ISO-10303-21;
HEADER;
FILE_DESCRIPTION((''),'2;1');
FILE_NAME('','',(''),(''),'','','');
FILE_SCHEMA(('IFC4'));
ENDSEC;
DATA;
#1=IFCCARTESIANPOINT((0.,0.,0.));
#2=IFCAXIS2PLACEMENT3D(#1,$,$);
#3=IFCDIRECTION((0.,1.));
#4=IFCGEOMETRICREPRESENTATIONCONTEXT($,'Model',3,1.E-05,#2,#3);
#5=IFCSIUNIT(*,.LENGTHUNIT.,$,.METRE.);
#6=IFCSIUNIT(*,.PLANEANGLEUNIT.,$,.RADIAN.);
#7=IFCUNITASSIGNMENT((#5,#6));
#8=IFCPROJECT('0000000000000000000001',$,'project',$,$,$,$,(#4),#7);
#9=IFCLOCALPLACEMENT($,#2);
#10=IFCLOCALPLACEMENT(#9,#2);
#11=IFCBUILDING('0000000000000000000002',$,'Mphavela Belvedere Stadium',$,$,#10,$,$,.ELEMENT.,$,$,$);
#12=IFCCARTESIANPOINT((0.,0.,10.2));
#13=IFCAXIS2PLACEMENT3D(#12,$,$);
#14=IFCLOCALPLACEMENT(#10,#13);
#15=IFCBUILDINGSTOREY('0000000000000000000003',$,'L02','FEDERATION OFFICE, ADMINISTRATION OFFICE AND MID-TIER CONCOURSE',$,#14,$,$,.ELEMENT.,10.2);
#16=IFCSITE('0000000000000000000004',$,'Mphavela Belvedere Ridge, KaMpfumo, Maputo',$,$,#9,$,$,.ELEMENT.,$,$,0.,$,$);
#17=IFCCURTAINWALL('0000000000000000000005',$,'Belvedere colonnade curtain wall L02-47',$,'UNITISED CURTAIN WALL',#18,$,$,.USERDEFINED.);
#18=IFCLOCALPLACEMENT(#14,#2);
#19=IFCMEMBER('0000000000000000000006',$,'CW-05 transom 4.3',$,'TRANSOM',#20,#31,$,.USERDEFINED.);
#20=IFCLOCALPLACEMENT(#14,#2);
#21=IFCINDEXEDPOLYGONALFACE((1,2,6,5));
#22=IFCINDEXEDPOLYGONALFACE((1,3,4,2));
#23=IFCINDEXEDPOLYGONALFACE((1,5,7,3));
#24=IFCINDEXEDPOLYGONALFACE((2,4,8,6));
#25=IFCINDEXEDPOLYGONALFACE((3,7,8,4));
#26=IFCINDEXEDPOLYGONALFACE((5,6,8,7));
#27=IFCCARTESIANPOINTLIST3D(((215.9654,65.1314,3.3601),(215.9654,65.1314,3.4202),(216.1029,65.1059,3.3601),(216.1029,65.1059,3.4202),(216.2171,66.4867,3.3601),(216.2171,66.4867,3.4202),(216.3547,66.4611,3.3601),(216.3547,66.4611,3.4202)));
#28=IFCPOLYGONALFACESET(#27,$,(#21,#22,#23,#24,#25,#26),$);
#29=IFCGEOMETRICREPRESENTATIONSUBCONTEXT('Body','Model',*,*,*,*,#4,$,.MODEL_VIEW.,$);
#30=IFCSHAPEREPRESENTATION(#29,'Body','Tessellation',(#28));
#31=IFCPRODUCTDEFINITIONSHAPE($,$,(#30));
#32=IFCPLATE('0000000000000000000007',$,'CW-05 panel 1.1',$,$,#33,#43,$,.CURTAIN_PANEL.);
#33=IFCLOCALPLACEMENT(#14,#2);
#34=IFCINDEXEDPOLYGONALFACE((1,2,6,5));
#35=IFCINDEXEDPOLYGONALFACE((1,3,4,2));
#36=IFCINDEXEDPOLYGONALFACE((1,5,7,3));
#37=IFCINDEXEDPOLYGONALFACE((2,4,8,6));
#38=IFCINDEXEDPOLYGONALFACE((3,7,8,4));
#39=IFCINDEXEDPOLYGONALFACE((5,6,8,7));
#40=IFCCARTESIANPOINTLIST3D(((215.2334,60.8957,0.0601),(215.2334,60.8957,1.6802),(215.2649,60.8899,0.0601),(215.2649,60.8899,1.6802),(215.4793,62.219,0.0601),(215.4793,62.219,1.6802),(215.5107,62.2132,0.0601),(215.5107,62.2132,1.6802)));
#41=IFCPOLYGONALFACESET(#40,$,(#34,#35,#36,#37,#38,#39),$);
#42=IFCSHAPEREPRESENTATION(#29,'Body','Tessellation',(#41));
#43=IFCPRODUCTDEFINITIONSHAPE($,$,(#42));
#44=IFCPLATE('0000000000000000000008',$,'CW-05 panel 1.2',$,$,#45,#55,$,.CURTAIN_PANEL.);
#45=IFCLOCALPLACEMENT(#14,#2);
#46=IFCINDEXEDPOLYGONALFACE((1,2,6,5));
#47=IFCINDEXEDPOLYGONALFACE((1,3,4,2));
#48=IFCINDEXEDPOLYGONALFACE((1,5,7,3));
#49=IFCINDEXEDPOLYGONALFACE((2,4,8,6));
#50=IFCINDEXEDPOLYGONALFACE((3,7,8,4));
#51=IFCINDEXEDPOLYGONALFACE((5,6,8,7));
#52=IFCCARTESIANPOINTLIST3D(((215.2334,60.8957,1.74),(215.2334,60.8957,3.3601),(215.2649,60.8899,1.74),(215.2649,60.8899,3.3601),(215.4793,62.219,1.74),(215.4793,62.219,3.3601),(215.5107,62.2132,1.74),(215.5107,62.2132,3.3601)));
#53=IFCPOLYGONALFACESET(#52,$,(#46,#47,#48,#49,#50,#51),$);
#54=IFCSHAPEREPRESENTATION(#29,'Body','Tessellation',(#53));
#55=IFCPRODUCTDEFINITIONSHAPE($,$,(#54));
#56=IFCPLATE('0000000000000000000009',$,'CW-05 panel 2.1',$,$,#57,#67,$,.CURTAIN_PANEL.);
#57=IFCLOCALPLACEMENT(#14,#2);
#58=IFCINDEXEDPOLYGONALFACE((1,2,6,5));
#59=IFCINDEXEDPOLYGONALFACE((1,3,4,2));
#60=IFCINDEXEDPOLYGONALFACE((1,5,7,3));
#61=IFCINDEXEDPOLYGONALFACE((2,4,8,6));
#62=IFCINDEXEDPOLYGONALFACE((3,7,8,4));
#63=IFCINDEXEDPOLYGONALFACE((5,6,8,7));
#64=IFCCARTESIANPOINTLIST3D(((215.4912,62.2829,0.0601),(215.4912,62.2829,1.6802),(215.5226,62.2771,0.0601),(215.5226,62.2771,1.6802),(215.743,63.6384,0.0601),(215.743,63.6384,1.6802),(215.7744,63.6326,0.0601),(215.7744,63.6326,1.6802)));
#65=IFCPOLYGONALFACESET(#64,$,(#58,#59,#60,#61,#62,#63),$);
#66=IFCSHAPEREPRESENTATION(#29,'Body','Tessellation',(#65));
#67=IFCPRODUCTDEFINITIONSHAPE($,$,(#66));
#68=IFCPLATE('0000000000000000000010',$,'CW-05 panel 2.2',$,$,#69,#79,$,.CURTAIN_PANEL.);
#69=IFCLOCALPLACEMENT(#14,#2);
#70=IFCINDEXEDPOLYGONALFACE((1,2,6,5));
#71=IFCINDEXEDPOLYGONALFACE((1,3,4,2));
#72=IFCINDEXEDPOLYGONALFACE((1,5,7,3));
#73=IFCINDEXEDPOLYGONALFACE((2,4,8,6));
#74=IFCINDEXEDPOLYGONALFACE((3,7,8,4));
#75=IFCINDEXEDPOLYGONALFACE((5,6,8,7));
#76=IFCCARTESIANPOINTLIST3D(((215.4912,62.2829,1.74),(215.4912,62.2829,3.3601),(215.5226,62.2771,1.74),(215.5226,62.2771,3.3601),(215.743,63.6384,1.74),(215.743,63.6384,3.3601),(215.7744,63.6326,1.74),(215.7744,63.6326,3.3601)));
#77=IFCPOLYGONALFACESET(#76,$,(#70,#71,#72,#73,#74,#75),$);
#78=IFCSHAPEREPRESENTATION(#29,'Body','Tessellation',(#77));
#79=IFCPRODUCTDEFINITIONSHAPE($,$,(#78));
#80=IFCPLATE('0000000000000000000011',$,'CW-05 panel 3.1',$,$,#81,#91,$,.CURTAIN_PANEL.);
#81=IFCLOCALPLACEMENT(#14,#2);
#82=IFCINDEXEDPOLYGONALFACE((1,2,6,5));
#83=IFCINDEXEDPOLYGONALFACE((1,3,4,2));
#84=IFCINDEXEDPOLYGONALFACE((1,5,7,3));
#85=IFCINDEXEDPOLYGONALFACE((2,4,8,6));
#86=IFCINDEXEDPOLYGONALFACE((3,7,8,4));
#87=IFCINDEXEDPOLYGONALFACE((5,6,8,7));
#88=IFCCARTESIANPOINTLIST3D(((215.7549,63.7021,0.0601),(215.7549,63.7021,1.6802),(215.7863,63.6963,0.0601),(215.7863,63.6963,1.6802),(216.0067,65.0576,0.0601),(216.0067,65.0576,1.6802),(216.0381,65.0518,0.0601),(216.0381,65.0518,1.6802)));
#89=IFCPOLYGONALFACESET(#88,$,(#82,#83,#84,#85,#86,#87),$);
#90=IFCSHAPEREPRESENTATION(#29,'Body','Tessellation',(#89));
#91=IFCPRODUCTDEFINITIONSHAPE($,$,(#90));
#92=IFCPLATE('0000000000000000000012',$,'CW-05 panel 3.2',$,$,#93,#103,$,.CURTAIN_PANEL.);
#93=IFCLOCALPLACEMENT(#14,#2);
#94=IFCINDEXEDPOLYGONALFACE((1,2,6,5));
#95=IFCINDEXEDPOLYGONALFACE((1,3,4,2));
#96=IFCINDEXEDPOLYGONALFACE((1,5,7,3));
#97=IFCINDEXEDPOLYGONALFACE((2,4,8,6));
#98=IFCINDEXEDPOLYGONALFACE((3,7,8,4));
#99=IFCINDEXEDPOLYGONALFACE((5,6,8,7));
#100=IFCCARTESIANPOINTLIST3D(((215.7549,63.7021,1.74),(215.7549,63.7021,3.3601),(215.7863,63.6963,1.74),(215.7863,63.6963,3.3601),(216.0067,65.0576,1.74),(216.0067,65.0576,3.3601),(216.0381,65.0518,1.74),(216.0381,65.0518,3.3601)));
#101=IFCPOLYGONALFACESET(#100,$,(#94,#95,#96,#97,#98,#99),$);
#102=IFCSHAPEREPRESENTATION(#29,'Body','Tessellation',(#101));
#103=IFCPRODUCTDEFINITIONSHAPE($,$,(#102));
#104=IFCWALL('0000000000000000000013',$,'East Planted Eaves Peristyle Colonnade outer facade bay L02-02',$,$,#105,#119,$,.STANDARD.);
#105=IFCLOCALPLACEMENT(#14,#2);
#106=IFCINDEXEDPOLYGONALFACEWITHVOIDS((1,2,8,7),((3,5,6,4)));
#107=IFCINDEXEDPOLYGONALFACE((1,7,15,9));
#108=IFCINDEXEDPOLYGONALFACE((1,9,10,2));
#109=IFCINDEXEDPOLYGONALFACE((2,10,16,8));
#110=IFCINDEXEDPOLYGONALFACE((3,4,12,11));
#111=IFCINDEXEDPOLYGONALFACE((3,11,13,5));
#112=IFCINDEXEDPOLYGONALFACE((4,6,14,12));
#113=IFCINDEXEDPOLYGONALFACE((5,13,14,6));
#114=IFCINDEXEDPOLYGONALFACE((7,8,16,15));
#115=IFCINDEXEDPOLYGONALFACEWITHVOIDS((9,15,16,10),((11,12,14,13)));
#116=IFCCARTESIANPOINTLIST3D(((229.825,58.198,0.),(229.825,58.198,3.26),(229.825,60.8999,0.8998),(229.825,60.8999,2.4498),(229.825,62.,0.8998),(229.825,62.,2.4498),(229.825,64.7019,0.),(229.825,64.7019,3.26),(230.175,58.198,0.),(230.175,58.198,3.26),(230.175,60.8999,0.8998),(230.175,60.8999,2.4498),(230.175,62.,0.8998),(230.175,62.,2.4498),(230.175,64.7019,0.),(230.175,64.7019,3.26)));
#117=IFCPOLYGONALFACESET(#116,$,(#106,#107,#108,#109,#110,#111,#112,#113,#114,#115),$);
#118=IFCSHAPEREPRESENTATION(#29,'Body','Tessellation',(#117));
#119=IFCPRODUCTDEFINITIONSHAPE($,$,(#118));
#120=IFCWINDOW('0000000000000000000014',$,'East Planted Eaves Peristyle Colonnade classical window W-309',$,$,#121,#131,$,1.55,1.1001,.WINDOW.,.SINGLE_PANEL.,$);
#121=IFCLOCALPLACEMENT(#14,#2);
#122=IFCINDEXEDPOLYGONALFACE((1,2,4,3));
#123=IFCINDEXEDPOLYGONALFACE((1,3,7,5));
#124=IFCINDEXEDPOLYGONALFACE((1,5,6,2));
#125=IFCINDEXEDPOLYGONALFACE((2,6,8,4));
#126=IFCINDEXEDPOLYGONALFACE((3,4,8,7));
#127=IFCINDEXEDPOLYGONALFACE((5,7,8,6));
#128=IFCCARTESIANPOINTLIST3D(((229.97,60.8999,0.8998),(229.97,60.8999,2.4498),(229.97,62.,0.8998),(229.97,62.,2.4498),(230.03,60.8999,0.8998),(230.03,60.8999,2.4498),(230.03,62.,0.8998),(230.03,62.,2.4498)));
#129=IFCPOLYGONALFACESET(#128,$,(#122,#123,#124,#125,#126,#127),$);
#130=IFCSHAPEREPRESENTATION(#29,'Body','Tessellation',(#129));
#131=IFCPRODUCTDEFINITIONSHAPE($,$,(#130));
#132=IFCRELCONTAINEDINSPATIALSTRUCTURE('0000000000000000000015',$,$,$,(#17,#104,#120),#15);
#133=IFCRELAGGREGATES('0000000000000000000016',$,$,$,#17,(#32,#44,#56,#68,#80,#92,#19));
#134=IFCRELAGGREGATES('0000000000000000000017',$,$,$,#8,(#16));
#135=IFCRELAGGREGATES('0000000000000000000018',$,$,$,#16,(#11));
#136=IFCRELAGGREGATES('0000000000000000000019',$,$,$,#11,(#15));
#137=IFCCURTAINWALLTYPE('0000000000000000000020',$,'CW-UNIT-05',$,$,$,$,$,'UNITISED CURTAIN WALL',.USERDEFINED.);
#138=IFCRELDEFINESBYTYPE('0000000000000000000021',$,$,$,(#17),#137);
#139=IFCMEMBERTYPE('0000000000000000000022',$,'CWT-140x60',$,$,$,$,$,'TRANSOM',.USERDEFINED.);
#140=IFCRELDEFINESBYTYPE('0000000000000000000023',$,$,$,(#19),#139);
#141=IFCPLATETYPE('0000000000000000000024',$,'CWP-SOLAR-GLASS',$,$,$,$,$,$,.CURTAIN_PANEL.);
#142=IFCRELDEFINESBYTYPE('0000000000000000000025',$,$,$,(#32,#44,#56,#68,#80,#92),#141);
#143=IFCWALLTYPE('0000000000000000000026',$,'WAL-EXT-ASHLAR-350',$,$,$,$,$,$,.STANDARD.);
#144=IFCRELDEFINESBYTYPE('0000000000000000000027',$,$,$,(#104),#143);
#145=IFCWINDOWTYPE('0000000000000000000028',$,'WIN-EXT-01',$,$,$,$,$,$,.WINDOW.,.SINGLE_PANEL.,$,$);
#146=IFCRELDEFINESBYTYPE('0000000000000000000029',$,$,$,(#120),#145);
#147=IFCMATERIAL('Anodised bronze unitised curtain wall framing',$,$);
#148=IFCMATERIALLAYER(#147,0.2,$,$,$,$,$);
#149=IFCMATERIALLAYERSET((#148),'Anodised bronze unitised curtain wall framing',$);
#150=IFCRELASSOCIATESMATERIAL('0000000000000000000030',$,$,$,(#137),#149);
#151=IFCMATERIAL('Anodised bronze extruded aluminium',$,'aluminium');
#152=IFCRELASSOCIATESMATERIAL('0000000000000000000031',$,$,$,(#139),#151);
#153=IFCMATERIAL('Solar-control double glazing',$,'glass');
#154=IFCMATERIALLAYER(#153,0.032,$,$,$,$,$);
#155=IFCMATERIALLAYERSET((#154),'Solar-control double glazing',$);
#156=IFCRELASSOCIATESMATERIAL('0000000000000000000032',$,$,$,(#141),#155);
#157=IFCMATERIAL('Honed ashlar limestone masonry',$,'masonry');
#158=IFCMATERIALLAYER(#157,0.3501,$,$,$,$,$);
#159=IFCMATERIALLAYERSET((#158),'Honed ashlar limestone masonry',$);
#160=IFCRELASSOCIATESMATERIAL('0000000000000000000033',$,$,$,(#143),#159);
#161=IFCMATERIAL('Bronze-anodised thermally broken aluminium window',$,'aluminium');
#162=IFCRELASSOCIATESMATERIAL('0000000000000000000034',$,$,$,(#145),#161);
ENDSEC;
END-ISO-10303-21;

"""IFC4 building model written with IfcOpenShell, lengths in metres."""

from ifc_helpers import new_model, si_unit, direction, frame, frame_2d, origin, origin_2d, place, context, subcontext, project, spatial, rectangle, extrude, material, layer, layer_set, material_profile, profile_set, type_object, element, fill, aggregate, save


model = new_model("IFC4")

# Units and contexts
model_context = context("Model", 3, precision=1e-05, world=origin(), true_north=direction((0.0, 1.0)))
body_context = subcontext(model_context, "Body", "Model", "MODEL_VIEW")
ifc_project = project(units=[si_unit("LENGTHUNIT", "METRE"), si_unit("PLANEANGLEUNIT", "RADIAN")], contexts=[model_context])

# Site, building, storey
site_placement = place(None, origin())
site = spatial("IfcSite", under=ifc_project, at=site_placement, Name="Mphavela Belvedere Ridge, KaMpfumo, Maputo", CompositionType="ELEMENT", RefElevation=0.0)
building_placement = place(site_placement, origin())
building = spatial("IfcBuilding", under=site, at=building_placement, Name="Mphavela Belvedere Stadium", CompositionType="ELEMENT")
storey_placement = place(building_placement, frame((0.0, 0.0, 10.2)))
storey = spatial("IfcBuildingStorey", under=building, at=storey_placement, Name="L02", Description="FEDERATION OFFICE, ADMINISTRATION OFFICE AND MID-TIER CONCOURSE", CompositionType="ELEMENT", Elevation=10.2)

# Curtain wall, member, plates
ifc_material_1 = material(Name="Anodised bronze unitised curtain wall framing")
ifc_layer_1 = layer(ifc_material_1, 0.2)
ifc_layer_set_1 = layer_set([ifc_layer_1], Name="Anodised bronze unitised curtain wall framing")
curtain_wall_type = type_object("IfcCurtainWallType", Name="CW-UNIT-05", ElementType="UNITISED CURTAIN WALL", PredefinedType="USERDEFINED", material=ifc_layer_set_1)
curtain_wall_placement = place(storey_placement, origin())
curtain_wall = element("IfcCurtainWall", 1, at=curtain_wall_placement, inside=storey, type_object=curtain_wall_type, Name="Belvedere colonnade curtain wall L02-47", ObjectType="UNITISED CURTAIN WALL", PredefinedType="USERDEFINED")
ifc_material_2 = material(Name="Anodised bronze extruded aluminium", Category="aluminium")
ifc_material_profile_1 = material_profile(ifc_material_2, rectangle(XDim=0.1399, YDim=0.0601, at=origin_2d()), Name="CW-TRN 140x60")
ifc_profile_set_1 = profile_set([ifc_material_profile_1], Name="Anodised bronze extruded aluminium")
member_type_1 = type_object("IfcMemberType", Name="CWT-140x60", ElementType="TRANSOM", PredefinedType="USERDEFINED", material=ifc_profile_set_1)
member_1_placement = place(storey_placement, frame((216.0342, 65.1187, 3.3901), z_axis=(0.182609, 0.983186, 0.0), x_axis=(-0.983186, 0.182609, 0.0)))
member_1 = element("IfcMember", 2, at=member_1_placement, type_object=member_type_1, Name="CW-05 transom 4.3", ObjectType="TRANSOM", PredefinedType="USERDEFINED", context=body_context, shape_type="SweptSolid", body=[
    extrude(rectangle(XDim=0.1399, YDim=0.0601, at=origin_2d()), origin(), (0.0, 0.0, 1.0), 1.3784),
])
ifc_material_3 = material(Name="Solar-control double glazing", Category="glass")
ifc_layer_2 = layer(ifc_material_3, 0.032)
ifc_layer_set_2 = layer_set([ifc_layer_2], Name="Solar-control double glazing")
plate_type = type_object("IfcPlateType", Name="CWP-SOLAR-GLASS", PredefinedType="CURTAIN_PANEL", material=ifc_layer_set_2)
plate_1_placement = place(storey_placement, frame((215.3721, 61.5544, 0.0601), z_axis=(0.0, 0.0, 1.0), x_axis=(0.182625, 0.983183, 0.0)))
plate_1 = element("IfcPlate", 3, at=plate_1_placement, type_object=plate_type, Name="CW-05 panel 1.1", PredefinedType="CURTAIN_PANEL", context=body_context, shape_type="SweptSolid", body=[
    extrude(rectangle(XDim=1.3459, YDim=0.032, at=origin_2d()), origin(), (0.0, 0.0, 1.0), 1.6201),
])
plate_2_placement = place(storey_placement, frame((215.3721, 61.5544, 1.74), z_axis=(0.0, 0.0, 1.0), x_axis=(0.182625, 0.983183, 0.0)))
plate_2 = element("IfcPlate", 4, at=plate_2_placement, type_object=plate_type, Name="CW-05 panel 1.2", PredefinedType="CURTAIN_PANEL", context=body_context, shape_type="SweptSolid", body=[
    extrude(rectangle(XDim=1.3459, YDim=0.032, at=origin_2d()), origin(), (0.0, 0.0, 1.0), 1.6201),
])
plate_3_placement = place(storey_placement, frame((215.6328, 62.9578, 0.0601), z_axis=(0.0, 0.0, 1.0), x_axis=(0.182625, 0.983183, 0.0)))
plate_3 = element("IfcPlate", 5, at=plate_3_placement, type_object=plate_type, Name="CW-05 panel 2.1", PredefinedType="CURTAIN_PANEL", context=body_context, shape_type="SweptSolid", body=[
    extrude(rectangle(XDim=1.3787, YDim=0.032, at=origin_2d()), origin(), (0.0, 0.0, 1.0), 1.6201),
])
plate_4_placement = place(storey_placement, frame((215.6328, 62.9578, 1.74), z_axis=(0.0, 0.0, 1.0), x_axis=(0.182625, 0.983183, 0.0)))
plate_4 = element("IfcPlate", 6, at=plate_4_placement, type_object=plate_type, Name="CW-05 panel 2.2", PredefinedType="CURTAIN_PANEL", context=body_context, shape_type="SweptSolid", body=[
    extrude(rectangle(XDim=1.3787, YDim=0.032, at=origin_2d()), origin(), (0.0, 0.0, 1.0), 1.6201),
])
plate_5_placement = place(storey_placement, frame((215.8965, 64.377, 0.0601), z_axis=(0.0, 0.0, 1.0), x_axis=(0.182625, 0.983183, 0.0)))
plate_5 = element("IfcPlate", 7, at=plate_5_placement, type_object=plate_type, Name="CW-05 panel 3.1", PredefinedType="CURTAIN_PANEL", context=body_context, shape_type="SweptSolid", body=[
    extrude(rectangle(XDim=1.3787, YDim=0.032, at=origin_2d()), origin(), (0.0, 0.0, 1.0), 1.6201),
])
plate_6_placement = place(storey_placement, frame((215.8965, 64.377, 1.74), z_axis=(0.0, 0.0, 1.0), x_axis=(0.182625, 0.983183, 0.0)))
plate_6 = element("IfcPlate", 8, at=plate_6_placement, type_object=plate_type, Name="CW-05 panel 3.2", PredefinedType="CURTAIN_PANEL", context=body_context, shape_type="SweptSolid", body=[
    extrude(rectangle(XDim=1.3787, YDim=0.032, at=origin_2d()), origin(), (0.0, 0.0, 1.0), 1.6201),
])
aggregate(curtain_wall, [plate_1, plate_2, plate_3, plate_4, plate_5, plate_6, member_1])

# Wall, opening, window
ifc_material_4 = material(Name="Honed ashlar limestone masonry", Category="masonry")
ifc_layer_3 = layer(ifc_material_4, 0.3501)
ifc_layer_set_3 = layer_set([ifc_layer_3], Name="Honed ashlar limestone masonry")
wall_type = type_object("IfcWallType", Name="WAL-EXT-ASHLAR-350", PredefinedType="STANDARD", material=ifc_layer_set_3)
wall_placement = place(storey_placement, frame((230.0, 64.7019, 0.0), z_axis=(0.0, 0.0, 1.0), x_axis=(0.0, -1.0, 0.0)))
wall = element("IfcWall", 9, at=wall_placement, inside=storey, type_object=wall_type, Name="East Planted Eaves Peristyle Colonnade outer facade bay L02-02", PredefinedType="STANDARD", context=body_context, shape_type="SweptSolid", body=[
    extrude(rectangle(XDim=6.5039, YDim=0.3501, at=frame_2d((3.252, 0.0))), origin(), (0.0, 0.0, 1.0), 3.26),
])
opening_placement = place(wall_placement, frame((2.7019, 0.0, 0.8999)))
opening = element("IfcOpeningElement", 10, at=opening_placement, cuts=wall, PredefinedType="OPENING", context=body_context, shape_type="SweptSolid", body=[
    extrude(rectangle(XDim=1.1001, YDim=1.55, at=frame_2d((0.55, 0.7749))), frame((0.0, 0.1851, 0.0), z_axis=(0.0, -1.0, 0.0), x_axis=(1.0, 0.0, 0.0)), (0.0, 0.0, 1.0), 0.3701),
])
ifc_material_5 = material(Name="Bronze-anodised thermally broken aluminium window", Category="aluminium")
window_type = type_object("IfcWindowType", Name="WIN-EXT-01", PartitioningType="SINGLE_PANEL", PredefinedType="WINDOW", material=ifc_material_5)
window_placement = place(opening_placement, origin())
window = element("IfcWindow", 11, at=window_placement, inside=storey, type_object=window_type, Name="East Planted Eaves Peristyle Colonnade classical window W-309", OverallHeight=1.55, OverallWidth=1.1001, PartitioningType="SINGLE_PANEL", PredefinedType="WINDOW", context=body_context, shape_type="SweptSolid", body=[
    extrude(rectangle(XDim=1.1001, YDim=1.55, at=frame_2d((0.55, 0.7749))), frame((0.0, 0.03, 0.0), z_axis=(0.0, -1.0, 0.0), x_axis=(1.0, 0.0, 0.0)), (0.0, 0.0, 1.0), 0.0601),
])
fill(opening, window)

save(model, "model.ifc")
